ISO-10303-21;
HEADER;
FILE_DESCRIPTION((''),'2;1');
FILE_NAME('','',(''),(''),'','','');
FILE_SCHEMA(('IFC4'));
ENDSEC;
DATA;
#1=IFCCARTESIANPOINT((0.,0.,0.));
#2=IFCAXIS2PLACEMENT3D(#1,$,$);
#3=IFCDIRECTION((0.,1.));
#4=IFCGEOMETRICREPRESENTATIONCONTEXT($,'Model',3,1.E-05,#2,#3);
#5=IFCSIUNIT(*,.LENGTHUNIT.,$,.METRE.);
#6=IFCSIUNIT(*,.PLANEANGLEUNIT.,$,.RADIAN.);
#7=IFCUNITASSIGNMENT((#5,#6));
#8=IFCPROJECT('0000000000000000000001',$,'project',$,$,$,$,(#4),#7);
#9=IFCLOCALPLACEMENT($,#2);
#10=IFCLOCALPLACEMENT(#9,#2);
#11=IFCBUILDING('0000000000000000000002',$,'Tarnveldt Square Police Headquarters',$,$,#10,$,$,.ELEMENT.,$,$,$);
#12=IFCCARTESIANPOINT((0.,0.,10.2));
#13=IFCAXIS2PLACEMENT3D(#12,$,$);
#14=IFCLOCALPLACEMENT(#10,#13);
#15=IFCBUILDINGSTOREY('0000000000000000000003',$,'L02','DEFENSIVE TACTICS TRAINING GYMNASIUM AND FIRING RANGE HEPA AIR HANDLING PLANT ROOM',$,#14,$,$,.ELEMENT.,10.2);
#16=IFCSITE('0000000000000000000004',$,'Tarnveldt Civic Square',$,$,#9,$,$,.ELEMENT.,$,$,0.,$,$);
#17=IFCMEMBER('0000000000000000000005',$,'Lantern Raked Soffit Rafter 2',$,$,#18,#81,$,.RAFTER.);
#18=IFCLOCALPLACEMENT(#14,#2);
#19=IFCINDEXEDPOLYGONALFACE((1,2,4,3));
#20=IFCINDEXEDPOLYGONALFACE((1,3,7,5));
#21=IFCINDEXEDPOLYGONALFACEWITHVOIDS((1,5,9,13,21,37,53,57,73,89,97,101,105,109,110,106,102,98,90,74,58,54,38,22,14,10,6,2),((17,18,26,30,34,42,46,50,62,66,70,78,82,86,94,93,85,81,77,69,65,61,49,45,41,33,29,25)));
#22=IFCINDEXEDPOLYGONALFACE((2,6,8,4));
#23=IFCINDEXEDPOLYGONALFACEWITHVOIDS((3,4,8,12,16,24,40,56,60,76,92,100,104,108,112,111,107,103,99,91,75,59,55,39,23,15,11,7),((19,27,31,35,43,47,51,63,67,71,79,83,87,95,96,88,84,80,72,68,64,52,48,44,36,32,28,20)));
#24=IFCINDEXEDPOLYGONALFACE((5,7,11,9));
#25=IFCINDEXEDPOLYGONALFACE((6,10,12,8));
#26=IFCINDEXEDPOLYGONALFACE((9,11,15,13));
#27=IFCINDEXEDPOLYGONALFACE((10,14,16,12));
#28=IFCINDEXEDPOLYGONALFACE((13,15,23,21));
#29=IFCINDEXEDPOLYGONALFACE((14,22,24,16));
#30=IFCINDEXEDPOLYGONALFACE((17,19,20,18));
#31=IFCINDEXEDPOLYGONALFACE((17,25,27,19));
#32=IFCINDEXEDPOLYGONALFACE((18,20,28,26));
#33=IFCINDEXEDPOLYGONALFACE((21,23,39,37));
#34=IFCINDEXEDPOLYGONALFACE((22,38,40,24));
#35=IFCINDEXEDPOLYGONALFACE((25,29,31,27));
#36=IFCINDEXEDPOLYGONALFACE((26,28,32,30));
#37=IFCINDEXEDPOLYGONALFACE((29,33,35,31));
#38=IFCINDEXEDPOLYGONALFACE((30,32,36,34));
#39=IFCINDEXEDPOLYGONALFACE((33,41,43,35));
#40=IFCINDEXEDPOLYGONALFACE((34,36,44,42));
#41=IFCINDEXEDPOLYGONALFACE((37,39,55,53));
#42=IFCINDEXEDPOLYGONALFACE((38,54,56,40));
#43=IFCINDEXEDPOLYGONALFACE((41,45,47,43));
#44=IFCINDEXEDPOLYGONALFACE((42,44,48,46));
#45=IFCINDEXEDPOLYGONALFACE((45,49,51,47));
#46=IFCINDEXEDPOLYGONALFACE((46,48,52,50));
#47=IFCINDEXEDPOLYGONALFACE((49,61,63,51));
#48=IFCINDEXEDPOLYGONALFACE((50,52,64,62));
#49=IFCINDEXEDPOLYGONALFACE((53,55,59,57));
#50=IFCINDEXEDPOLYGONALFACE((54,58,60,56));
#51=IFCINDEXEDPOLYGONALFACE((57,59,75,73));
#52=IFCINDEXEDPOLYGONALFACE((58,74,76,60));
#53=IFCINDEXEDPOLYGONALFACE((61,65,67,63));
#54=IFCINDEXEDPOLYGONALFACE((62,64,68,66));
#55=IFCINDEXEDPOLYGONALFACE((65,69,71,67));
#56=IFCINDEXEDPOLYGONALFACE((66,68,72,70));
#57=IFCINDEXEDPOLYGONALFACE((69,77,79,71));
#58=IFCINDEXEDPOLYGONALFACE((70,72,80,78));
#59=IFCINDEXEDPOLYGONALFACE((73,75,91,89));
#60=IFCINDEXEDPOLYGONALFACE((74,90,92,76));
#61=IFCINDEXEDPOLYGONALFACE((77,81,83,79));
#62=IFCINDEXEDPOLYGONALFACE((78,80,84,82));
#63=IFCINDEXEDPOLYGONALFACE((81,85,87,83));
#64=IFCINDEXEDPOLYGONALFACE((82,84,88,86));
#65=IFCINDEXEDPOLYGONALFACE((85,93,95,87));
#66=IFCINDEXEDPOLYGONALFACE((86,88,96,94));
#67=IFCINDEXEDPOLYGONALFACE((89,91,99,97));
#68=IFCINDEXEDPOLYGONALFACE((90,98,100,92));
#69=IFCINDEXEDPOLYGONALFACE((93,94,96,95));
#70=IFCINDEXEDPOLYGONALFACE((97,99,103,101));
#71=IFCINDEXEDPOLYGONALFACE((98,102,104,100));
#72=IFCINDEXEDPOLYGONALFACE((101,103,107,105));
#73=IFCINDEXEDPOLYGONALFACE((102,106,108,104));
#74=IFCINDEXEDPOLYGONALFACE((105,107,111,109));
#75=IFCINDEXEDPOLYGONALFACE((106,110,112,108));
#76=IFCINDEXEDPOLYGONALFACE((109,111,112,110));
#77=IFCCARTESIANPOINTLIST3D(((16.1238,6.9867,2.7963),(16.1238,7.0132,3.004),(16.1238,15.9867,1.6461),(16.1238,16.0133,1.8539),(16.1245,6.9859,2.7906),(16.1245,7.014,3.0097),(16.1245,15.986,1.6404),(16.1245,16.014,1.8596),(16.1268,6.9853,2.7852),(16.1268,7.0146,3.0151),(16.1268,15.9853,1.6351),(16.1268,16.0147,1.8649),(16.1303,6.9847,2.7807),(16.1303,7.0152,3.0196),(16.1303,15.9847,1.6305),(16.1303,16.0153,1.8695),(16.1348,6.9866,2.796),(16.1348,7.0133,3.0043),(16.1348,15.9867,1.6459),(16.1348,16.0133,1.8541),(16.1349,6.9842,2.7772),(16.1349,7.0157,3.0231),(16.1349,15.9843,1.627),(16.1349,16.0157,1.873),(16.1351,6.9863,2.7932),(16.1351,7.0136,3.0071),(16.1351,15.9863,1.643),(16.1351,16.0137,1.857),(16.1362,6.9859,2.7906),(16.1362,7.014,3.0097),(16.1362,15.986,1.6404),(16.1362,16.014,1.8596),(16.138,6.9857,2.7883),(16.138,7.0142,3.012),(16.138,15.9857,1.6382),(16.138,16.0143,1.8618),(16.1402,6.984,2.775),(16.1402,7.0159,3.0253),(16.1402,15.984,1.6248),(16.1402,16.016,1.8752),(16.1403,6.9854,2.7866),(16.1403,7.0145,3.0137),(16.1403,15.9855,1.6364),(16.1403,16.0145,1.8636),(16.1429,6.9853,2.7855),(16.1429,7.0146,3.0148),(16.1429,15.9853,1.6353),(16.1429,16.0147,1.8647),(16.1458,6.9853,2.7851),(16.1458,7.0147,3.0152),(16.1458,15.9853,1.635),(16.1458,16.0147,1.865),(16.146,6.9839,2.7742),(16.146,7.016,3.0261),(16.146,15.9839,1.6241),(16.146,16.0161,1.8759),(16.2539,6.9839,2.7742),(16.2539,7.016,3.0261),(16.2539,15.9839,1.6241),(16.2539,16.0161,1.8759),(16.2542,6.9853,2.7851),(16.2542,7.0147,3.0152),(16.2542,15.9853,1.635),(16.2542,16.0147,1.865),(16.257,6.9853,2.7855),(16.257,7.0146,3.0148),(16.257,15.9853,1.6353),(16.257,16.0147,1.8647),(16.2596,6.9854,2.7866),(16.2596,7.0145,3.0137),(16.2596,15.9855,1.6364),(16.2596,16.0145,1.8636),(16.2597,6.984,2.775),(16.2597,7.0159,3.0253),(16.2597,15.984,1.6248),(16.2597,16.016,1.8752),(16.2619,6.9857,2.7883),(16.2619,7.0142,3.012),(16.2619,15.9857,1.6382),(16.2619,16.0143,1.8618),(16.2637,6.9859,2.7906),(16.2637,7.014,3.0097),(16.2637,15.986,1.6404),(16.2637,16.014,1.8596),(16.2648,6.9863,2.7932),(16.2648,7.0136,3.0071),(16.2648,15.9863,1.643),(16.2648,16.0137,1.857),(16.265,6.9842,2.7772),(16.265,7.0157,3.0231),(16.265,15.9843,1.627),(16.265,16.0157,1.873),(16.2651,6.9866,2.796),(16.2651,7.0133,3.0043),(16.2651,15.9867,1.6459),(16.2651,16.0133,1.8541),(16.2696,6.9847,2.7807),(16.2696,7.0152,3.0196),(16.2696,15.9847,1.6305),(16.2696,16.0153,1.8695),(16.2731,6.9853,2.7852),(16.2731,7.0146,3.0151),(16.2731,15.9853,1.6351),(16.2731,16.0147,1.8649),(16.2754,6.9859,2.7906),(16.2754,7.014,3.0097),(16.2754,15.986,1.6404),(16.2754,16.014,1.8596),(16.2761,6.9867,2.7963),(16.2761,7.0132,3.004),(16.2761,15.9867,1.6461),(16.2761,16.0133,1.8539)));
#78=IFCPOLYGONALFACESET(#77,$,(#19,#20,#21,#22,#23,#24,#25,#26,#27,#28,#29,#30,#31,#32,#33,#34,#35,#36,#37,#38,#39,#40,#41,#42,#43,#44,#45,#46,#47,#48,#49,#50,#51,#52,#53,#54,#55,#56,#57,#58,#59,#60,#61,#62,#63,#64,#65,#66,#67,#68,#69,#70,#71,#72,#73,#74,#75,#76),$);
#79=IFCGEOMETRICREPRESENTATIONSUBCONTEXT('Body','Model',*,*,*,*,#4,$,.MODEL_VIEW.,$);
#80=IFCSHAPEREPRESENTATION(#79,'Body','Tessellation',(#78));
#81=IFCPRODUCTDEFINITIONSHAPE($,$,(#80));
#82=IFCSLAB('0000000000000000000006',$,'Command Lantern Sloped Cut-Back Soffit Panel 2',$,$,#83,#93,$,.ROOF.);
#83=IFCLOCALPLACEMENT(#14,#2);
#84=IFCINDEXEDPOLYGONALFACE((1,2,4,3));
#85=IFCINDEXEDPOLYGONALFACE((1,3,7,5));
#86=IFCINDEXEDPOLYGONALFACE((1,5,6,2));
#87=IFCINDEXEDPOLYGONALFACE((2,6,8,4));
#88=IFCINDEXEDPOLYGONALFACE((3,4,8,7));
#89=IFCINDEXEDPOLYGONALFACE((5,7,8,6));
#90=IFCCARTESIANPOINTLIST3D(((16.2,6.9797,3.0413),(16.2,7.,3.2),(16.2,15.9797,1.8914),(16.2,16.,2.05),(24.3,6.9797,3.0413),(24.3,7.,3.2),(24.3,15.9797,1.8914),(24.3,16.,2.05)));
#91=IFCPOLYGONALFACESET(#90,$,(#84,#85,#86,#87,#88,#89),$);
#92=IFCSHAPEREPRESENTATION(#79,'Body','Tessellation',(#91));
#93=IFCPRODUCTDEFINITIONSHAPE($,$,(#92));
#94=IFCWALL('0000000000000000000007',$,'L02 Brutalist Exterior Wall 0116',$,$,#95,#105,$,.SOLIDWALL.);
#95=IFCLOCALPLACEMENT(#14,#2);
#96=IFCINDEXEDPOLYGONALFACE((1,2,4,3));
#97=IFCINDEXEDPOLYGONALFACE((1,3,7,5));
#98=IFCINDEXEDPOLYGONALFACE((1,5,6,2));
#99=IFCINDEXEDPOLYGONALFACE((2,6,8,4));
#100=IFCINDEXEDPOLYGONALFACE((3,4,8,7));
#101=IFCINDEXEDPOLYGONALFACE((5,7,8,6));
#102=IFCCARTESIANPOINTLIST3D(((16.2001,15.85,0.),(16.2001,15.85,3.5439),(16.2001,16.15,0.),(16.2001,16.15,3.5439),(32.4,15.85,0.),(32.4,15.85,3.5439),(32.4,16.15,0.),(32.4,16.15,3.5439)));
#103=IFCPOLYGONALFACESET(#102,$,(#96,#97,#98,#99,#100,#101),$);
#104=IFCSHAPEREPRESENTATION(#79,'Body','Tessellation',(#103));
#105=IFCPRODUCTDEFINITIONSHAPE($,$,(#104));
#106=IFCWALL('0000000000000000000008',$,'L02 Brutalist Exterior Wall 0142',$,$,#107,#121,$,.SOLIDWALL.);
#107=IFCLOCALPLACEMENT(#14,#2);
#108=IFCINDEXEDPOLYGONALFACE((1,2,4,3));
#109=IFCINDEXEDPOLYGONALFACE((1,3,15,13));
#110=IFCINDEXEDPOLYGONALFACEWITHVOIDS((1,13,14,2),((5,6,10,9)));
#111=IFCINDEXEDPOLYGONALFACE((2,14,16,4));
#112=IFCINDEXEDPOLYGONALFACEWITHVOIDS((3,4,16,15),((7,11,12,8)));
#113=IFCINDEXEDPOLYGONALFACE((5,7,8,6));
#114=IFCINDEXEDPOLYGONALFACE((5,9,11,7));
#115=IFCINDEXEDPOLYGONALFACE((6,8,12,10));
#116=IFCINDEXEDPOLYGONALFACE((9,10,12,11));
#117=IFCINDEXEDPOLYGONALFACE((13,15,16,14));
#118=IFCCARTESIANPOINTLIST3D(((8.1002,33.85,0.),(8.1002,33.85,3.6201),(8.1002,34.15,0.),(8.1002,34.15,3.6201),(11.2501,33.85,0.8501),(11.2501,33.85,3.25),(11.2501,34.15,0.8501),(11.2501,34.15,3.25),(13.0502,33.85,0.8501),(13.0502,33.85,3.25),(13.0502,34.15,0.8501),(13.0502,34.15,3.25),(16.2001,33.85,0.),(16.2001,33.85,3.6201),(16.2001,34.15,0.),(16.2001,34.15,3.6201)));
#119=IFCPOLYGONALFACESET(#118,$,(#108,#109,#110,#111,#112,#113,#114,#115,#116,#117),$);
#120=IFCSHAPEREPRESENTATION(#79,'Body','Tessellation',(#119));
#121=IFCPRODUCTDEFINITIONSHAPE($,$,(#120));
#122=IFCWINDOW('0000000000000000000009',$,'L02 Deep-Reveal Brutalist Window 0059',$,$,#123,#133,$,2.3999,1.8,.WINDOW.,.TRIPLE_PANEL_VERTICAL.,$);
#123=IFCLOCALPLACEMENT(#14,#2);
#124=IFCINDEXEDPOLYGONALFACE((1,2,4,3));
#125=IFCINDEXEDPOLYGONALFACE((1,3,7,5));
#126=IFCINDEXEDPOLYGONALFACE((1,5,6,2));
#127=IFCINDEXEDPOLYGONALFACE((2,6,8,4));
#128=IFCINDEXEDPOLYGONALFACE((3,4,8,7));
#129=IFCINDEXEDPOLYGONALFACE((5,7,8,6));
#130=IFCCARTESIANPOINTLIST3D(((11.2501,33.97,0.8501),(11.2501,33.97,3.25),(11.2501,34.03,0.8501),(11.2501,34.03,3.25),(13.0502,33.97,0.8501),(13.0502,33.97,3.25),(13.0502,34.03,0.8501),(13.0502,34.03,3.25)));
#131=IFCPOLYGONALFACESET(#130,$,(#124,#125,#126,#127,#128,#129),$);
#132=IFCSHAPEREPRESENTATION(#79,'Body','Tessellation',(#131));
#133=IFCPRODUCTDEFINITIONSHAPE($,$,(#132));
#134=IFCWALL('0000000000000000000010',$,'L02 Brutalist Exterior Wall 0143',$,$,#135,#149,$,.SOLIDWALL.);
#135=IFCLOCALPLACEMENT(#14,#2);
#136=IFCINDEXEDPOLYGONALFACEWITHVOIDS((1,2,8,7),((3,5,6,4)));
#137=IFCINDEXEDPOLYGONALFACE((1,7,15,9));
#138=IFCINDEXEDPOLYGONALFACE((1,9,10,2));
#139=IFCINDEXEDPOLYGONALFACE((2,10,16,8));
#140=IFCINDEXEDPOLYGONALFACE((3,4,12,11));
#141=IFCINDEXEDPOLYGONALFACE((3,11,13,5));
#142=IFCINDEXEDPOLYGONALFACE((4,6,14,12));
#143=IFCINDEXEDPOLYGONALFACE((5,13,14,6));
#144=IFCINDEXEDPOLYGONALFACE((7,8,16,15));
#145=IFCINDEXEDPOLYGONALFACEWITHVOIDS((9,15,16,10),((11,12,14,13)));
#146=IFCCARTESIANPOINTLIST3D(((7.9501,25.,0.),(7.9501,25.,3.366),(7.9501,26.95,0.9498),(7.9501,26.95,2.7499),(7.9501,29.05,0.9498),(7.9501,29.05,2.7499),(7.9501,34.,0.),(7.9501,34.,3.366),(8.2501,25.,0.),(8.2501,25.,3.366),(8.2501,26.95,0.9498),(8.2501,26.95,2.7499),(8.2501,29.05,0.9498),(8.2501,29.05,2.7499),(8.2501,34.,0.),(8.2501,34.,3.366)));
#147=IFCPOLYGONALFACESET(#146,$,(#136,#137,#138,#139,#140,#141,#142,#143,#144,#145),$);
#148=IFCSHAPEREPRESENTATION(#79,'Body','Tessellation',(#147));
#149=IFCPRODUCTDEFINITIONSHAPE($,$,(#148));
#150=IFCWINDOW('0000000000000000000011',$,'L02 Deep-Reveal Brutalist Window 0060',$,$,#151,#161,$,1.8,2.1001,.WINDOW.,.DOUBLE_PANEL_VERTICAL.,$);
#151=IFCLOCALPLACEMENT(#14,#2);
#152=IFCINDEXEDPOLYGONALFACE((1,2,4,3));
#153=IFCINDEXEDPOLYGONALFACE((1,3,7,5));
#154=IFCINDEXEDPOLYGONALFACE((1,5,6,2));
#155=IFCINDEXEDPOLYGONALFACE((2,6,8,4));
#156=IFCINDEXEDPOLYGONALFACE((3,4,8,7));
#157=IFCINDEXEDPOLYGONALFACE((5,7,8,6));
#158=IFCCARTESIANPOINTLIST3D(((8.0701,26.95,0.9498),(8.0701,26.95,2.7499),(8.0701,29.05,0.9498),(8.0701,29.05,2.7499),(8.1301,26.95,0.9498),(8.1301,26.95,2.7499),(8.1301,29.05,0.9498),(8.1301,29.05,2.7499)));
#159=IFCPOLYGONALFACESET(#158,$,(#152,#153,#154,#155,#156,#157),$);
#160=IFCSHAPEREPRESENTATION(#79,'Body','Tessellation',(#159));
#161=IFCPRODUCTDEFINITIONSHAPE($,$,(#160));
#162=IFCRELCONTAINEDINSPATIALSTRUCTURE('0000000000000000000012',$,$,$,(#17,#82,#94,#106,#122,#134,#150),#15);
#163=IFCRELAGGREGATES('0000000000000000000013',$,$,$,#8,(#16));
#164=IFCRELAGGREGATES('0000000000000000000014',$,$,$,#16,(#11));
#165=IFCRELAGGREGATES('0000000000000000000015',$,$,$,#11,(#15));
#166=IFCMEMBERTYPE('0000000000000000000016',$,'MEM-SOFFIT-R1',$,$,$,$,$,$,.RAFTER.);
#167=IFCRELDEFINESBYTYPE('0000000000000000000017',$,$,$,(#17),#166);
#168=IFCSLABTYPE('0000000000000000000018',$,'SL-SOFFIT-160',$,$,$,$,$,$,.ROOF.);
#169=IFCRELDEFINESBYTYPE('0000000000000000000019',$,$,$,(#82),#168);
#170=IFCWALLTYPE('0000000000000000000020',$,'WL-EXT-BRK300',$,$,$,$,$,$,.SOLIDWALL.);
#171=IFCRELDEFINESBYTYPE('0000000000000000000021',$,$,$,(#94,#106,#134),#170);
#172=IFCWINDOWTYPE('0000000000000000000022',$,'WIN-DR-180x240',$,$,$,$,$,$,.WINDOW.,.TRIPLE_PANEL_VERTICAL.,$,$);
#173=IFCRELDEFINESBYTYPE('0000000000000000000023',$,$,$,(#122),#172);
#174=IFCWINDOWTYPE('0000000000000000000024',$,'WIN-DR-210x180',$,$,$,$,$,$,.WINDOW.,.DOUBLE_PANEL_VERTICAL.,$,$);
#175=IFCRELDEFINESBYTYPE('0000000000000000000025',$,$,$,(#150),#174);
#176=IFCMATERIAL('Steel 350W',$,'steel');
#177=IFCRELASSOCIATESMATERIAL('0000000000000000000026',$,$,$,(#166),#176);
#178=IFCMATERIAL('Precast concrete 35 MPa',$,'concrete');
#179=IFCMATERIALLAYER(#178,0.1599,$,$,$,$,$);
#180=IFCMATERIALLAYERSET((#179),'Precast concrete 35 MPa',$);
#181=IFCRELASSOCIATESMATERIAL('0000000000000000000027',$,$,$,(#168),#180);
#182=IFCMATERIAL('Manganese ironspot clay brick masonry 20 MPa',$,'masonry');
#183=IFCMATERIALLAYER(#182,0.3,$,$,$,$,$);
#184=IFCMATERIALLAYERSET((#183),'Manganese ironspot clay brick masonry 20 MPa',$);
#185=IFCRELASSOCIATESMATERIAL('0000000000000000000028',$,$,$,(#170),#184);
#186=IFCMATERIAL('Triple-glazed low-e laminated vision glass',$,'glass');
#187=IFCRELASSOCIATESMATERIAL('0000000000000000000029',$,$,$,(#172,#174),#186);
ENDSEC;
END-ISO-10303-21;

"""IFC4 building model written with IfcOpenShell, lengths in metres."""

from ifc_helpers import new_model, si_unit, direction, frame, frame_2d, origin, origin_2d, place, context, subcontext, project, spatial, polyline, rectangle, hollow_rectangle, outline, extrude, material, layer, layer_set, material_profile, profile_set, type_object, element, fill, save


model = new_model("IFC4")

# Units and contexts
model_context = context("Model", 3, precision=1e-05, world=origin(), true_north=direction((0.0, 1.0)))
body_context = subcontext(model_context, "Body", "Model", "MODEL_VIEW")
ifc_project = project(units=[si_unit("LENGTHUNIT", "METRE"), si_unit("PLANEANGLEUNIT", "RADIAN")], contexts=[model_context])

# Site, building, storey
site_placement = place(None, origin())
site = spatial("IfcSite", under=ifc_project, at=site_placement, Name="Tarnveldt Civic Square", CompositionType="ELEMENT", RefElevation=0.0)
building_placement = place(site_placement, origin())
building = spatial("IfcBuilding", under=site, at=building_placement, Name="Tarnveldt Square Police Headquarters", CompositionType="ELEMENT")
storey_placement = place(building_placement, frame((0.0, 0.0, 10.2)))
storey = spatial("IfcBuildingStorey", under=building, at=storey_placement, Name="L02", Description="DEFENSIVE TACTICS TRAINING GYMNASIUM AND FIRING RANGE HEPA AIR HANDLING PLANT ROOM", CompositionType="ELEMENT", Elevation=10.2)

# Shared definitions
ifc_material_1 = material(Name="Steel 350W", Category="steel")

# Member
ifc_material_profile_1 = material_profile(ifc_material_1, hollow_rectangle(XDim=0.1523, YDim=0.2539, WallThickness=0.011, InnerFilletRadius=0.011, OuterFilletRadius=0.0222, at=origin_2d()), Name="HSS254x152x11")
ifc_profile_set_1 = profile_set([ifc_material_profile_1], Name="Steel 350W")
member_type = type_object("IfcMemberType", Name="MEM-SOFFIT-R1", PredefinedType="RAFTER", material=ifc_profile_set_1)
member_placement = place(storey_placement, frame((16.2, 16.0, 1.75), z_axis=(0.0, -0.991933, 0.126763), x_axis=(1.0, 0.0, 0.0)))
element("IfcMember", 1, at=member_placement, inside=storey, type_object=member_type, Name="Lantern Raked Soffit Rafter 2", PredefinedType="RAFTER", context=body_context, shape_type="SweptSolid", body=[
    extrude(hollow_rectangle(XDim=0.1523, YDim=0.2539, WallThickness=0.011, InnerFilletRadius=0.011, OuterFilletRadius=0.0222, at=origin_2d()), origin(), (0.0, 0.0, 1.0), 9.0732),
])

# Slab
ifc_material_2 = material(Name="Precast concrete 35 MPa", Category="concrete")
ifc_layer_1 = layer(ifc_material_2, 0.1599)
ifc_layer_set_1 = layer_set([ifc_layer_1], Name="Precast concrete 35 MPa")
slab_type = type_object("IfcSlabType", Name="SL-SOFFIT-160", PredefinedType="ROOF", material=ifc_layer_set_1)
slab_placement = place(storey_placement, frame((16.2, 16.0, 2.05), z_axis=(0.0, 0.126737, 0.991936), x_axis=(1.0, 0.0, 0.0)))
element("IfcSlab", 2, at=slab_placement, inside=storey, type_object=slab_type, Name="Command Lantern Sloped Cut-Back Soffit Panel 2", PredefinedType="ROOF", context=body_context, shape_type="SweptSolid", body=[
    extrude(outline(polyline([(0.0, 0.0), (8.1001, 0.0), (8.1001, -9.0732), (0.0, -9.0732), (0.0, 0.0)])), origin(), (0.0, 0.0, -1.0), 0.1599),
])

# Wall
ifc_material_3 = material(Name="Manganese ironspot clay brick masonry 20 MPa", Category="masonry")
ifc_layer_2 = layer(ifc_material_3, 0.3)
ifc_layer_set_2 = layer_set([ifc_layer_2], Name="Manganese ironspot clay brick masonry 20 MPa")
wall_type_1 = type_object("IfcWallType", Name="WL-EXT-BRK300", PredefinedType="SOLIDWALL", material=ifc_layer_set_2)
wall_1_placement = place(storey_placement, frame((16.2, 16.0, 0.0), z_axis=(0.0, 0.0, 1.0), x_axis=(1.0, 0.0, 0.0)))
element("IfcWall", 3, at=wall_1_placement, inside=storey, type_object=wall_type_1, Name="L02 Brutalist Exterior Wall 0116", PredefinedType="SOLIDWALL", context=body_context, shape_type="SweptSolid", body=[
    extrude(rectangle(XDim=16.2, YDim=0.3, at=frame_2d((8.1001, 0.0))), origin(), (0.0, 0.0, 1.0), 3.5439),
])

# Walls, openings, windows
wall_2_placement = place(storey_placement, frame((16.2, 34.0, 0.0), z_axis=(0.0, 0.0, 1.0), x_axis=(-1.0, 0.0, 0.0)))
wall_2 = element("IfcWall", 4, at=wall_2_placement, inside=storey, type_object=wall_type_1, Name="L02 Brutalist Exterior Wall 0142", PredefinedType="SOLIDWALL", context=body_context, shape_type="SweptSolid", body=[
    extrude(rectangle(XDim=8.0999, YDim=0.3, at=frame_2d((4.0498, 0.0))), origin(), (0.0, 0.0, 1.0), 3.6201),
])
opening_1_placement = place(wall_2_placement, frame((3.1499, 0.0, 0.8501)))
opening_1 = element("IfcOpeningElement", 5, at=opening_1_placement, cuts=wall_2, PredefinedType="OPENING", context=body_context, shape_type="SweptSolid", body=[
    extrude(rectangle(XDim=1.8, YDim=2.3999, at=frame_2d((0.8999, 1.2))), frame((0.0, 0.1599, 0.0), z_axis=(0.0, -1.0, 0.0), x_axis=(1.0, 0.0, 0.0)), (0.0, 0.0, 1.0), 0.3201),
])
ifc_material_4 = material(Name="Triple-glazed low-e laminated vision glass", Category="glass")
window_type_1 = type_object("IfcWindowType", Name="WIN-DR-180x240", PartitioningType="TRIPLE_PANEL_VERTICAL", PredefinedType="WINDOW", material=ifc_material_4)
window_1_placement = place(opening_1_placement, origin())
window_1 = element("IfcWindow", 6, at=window_1_placement, inside=storey, type_object=window_type_1, Name="L02 Deep-Reveal Brutalist Window 0059", OverallHeight=2.3999, OverallWidth=1.8, PartitioningType="TRIPLE_PANEL_VERTICAL", PredefinedType="WINDOW", context=body_context, shape_type="SweptSolid", body=[
    extrude(rectangle(XDim=1.8, YDim=2.3999, at=frame_2d((0.8999, 1.2))), frame((0.0, 0.03, 0.0), z_axis=(0.0, -1.0, 0.0), x_axis=(1.0, 0.0, 0.0)), (0.0, 0.0, 1.0), 0.0601),
])
fill(opening_1, window_1)
wall_3_placement = place(storey_placement, frame((8.1001, 34.0, 0.0), z_axis=(0.0, 0.0, 1.0), x_axis=(0.0, -1.0, 0.0)))
wall_3 = element("IfcWall", 7, at=wall_3_placement, inside=storey, type_object=wall_type_1, Name="L02 Brutalist Exterior Wall 0143", PredefinedType="SOLIDWALL", context=body_context, shape_type="SweptSolid", body=[
    extrude(rectangle(XDim=9.0, YDim=0.3, at=frame_2d((4.5, 0.0))), origin(), (0.0, 0.0, 1.0), 3.366),
])
opening_2_placement = place(wall_3_placement, frame((4.95, 0.0, 0.95)))
opening_2 = element("IfcOpeningElement", 8, at=opening_2_placement, cuts=wall_3, PredefinedType="OPENING", context=body_context, shape_type="SweptSolid", body=[
    extrude(rectangle(XDim=2.1001, YDim=1.8, at=frame_2d((1.05, 0.8999))), frame((0.0, 0.1599, 0.0), z_axis=(0.0, -1.0, 0.0), x_axis=(1.0, 0.0, 0.0)), (0.0, 0.0, 1.0), 0.3201),
])
window_type_2 = type_object("IfcWindowType", Name="WIN-DR-210x180", PartitioningType="DOUBLE_PANEL_VERTICAL", PredefinedType="WINDOW", material=ifc_material_4)
window_2_placement = place(opening_2_placement, origin())
window_2 = element("IfcWindow", 9, at=window_2_placement, inside=storey, type_object=window_type_2, Name="L02 Deep-Reveal Brutalist Window 0060", OverallHeight=1.8, OverallWidth=2.1001, PartitioningType="DOUBLE_PANEL_VERTICAL", PredefinedType="WINDOW", context=body_context, shape_type="SweptSolid", body=[
    extrude(rectangle(XDim=2.1001, YDim=1.8, at=frame_2d((1.05, 0.8999))), frame((0.0, 0.03, 0.0), z_axis=(0.0, -1.0, 0.0), x_axis=(1.0, 0.0, 0.0)), (0.0, 0.0, 1.0), 0.0601),
])
fill(opening_2, window_2)

save(model, "model.ifc")
